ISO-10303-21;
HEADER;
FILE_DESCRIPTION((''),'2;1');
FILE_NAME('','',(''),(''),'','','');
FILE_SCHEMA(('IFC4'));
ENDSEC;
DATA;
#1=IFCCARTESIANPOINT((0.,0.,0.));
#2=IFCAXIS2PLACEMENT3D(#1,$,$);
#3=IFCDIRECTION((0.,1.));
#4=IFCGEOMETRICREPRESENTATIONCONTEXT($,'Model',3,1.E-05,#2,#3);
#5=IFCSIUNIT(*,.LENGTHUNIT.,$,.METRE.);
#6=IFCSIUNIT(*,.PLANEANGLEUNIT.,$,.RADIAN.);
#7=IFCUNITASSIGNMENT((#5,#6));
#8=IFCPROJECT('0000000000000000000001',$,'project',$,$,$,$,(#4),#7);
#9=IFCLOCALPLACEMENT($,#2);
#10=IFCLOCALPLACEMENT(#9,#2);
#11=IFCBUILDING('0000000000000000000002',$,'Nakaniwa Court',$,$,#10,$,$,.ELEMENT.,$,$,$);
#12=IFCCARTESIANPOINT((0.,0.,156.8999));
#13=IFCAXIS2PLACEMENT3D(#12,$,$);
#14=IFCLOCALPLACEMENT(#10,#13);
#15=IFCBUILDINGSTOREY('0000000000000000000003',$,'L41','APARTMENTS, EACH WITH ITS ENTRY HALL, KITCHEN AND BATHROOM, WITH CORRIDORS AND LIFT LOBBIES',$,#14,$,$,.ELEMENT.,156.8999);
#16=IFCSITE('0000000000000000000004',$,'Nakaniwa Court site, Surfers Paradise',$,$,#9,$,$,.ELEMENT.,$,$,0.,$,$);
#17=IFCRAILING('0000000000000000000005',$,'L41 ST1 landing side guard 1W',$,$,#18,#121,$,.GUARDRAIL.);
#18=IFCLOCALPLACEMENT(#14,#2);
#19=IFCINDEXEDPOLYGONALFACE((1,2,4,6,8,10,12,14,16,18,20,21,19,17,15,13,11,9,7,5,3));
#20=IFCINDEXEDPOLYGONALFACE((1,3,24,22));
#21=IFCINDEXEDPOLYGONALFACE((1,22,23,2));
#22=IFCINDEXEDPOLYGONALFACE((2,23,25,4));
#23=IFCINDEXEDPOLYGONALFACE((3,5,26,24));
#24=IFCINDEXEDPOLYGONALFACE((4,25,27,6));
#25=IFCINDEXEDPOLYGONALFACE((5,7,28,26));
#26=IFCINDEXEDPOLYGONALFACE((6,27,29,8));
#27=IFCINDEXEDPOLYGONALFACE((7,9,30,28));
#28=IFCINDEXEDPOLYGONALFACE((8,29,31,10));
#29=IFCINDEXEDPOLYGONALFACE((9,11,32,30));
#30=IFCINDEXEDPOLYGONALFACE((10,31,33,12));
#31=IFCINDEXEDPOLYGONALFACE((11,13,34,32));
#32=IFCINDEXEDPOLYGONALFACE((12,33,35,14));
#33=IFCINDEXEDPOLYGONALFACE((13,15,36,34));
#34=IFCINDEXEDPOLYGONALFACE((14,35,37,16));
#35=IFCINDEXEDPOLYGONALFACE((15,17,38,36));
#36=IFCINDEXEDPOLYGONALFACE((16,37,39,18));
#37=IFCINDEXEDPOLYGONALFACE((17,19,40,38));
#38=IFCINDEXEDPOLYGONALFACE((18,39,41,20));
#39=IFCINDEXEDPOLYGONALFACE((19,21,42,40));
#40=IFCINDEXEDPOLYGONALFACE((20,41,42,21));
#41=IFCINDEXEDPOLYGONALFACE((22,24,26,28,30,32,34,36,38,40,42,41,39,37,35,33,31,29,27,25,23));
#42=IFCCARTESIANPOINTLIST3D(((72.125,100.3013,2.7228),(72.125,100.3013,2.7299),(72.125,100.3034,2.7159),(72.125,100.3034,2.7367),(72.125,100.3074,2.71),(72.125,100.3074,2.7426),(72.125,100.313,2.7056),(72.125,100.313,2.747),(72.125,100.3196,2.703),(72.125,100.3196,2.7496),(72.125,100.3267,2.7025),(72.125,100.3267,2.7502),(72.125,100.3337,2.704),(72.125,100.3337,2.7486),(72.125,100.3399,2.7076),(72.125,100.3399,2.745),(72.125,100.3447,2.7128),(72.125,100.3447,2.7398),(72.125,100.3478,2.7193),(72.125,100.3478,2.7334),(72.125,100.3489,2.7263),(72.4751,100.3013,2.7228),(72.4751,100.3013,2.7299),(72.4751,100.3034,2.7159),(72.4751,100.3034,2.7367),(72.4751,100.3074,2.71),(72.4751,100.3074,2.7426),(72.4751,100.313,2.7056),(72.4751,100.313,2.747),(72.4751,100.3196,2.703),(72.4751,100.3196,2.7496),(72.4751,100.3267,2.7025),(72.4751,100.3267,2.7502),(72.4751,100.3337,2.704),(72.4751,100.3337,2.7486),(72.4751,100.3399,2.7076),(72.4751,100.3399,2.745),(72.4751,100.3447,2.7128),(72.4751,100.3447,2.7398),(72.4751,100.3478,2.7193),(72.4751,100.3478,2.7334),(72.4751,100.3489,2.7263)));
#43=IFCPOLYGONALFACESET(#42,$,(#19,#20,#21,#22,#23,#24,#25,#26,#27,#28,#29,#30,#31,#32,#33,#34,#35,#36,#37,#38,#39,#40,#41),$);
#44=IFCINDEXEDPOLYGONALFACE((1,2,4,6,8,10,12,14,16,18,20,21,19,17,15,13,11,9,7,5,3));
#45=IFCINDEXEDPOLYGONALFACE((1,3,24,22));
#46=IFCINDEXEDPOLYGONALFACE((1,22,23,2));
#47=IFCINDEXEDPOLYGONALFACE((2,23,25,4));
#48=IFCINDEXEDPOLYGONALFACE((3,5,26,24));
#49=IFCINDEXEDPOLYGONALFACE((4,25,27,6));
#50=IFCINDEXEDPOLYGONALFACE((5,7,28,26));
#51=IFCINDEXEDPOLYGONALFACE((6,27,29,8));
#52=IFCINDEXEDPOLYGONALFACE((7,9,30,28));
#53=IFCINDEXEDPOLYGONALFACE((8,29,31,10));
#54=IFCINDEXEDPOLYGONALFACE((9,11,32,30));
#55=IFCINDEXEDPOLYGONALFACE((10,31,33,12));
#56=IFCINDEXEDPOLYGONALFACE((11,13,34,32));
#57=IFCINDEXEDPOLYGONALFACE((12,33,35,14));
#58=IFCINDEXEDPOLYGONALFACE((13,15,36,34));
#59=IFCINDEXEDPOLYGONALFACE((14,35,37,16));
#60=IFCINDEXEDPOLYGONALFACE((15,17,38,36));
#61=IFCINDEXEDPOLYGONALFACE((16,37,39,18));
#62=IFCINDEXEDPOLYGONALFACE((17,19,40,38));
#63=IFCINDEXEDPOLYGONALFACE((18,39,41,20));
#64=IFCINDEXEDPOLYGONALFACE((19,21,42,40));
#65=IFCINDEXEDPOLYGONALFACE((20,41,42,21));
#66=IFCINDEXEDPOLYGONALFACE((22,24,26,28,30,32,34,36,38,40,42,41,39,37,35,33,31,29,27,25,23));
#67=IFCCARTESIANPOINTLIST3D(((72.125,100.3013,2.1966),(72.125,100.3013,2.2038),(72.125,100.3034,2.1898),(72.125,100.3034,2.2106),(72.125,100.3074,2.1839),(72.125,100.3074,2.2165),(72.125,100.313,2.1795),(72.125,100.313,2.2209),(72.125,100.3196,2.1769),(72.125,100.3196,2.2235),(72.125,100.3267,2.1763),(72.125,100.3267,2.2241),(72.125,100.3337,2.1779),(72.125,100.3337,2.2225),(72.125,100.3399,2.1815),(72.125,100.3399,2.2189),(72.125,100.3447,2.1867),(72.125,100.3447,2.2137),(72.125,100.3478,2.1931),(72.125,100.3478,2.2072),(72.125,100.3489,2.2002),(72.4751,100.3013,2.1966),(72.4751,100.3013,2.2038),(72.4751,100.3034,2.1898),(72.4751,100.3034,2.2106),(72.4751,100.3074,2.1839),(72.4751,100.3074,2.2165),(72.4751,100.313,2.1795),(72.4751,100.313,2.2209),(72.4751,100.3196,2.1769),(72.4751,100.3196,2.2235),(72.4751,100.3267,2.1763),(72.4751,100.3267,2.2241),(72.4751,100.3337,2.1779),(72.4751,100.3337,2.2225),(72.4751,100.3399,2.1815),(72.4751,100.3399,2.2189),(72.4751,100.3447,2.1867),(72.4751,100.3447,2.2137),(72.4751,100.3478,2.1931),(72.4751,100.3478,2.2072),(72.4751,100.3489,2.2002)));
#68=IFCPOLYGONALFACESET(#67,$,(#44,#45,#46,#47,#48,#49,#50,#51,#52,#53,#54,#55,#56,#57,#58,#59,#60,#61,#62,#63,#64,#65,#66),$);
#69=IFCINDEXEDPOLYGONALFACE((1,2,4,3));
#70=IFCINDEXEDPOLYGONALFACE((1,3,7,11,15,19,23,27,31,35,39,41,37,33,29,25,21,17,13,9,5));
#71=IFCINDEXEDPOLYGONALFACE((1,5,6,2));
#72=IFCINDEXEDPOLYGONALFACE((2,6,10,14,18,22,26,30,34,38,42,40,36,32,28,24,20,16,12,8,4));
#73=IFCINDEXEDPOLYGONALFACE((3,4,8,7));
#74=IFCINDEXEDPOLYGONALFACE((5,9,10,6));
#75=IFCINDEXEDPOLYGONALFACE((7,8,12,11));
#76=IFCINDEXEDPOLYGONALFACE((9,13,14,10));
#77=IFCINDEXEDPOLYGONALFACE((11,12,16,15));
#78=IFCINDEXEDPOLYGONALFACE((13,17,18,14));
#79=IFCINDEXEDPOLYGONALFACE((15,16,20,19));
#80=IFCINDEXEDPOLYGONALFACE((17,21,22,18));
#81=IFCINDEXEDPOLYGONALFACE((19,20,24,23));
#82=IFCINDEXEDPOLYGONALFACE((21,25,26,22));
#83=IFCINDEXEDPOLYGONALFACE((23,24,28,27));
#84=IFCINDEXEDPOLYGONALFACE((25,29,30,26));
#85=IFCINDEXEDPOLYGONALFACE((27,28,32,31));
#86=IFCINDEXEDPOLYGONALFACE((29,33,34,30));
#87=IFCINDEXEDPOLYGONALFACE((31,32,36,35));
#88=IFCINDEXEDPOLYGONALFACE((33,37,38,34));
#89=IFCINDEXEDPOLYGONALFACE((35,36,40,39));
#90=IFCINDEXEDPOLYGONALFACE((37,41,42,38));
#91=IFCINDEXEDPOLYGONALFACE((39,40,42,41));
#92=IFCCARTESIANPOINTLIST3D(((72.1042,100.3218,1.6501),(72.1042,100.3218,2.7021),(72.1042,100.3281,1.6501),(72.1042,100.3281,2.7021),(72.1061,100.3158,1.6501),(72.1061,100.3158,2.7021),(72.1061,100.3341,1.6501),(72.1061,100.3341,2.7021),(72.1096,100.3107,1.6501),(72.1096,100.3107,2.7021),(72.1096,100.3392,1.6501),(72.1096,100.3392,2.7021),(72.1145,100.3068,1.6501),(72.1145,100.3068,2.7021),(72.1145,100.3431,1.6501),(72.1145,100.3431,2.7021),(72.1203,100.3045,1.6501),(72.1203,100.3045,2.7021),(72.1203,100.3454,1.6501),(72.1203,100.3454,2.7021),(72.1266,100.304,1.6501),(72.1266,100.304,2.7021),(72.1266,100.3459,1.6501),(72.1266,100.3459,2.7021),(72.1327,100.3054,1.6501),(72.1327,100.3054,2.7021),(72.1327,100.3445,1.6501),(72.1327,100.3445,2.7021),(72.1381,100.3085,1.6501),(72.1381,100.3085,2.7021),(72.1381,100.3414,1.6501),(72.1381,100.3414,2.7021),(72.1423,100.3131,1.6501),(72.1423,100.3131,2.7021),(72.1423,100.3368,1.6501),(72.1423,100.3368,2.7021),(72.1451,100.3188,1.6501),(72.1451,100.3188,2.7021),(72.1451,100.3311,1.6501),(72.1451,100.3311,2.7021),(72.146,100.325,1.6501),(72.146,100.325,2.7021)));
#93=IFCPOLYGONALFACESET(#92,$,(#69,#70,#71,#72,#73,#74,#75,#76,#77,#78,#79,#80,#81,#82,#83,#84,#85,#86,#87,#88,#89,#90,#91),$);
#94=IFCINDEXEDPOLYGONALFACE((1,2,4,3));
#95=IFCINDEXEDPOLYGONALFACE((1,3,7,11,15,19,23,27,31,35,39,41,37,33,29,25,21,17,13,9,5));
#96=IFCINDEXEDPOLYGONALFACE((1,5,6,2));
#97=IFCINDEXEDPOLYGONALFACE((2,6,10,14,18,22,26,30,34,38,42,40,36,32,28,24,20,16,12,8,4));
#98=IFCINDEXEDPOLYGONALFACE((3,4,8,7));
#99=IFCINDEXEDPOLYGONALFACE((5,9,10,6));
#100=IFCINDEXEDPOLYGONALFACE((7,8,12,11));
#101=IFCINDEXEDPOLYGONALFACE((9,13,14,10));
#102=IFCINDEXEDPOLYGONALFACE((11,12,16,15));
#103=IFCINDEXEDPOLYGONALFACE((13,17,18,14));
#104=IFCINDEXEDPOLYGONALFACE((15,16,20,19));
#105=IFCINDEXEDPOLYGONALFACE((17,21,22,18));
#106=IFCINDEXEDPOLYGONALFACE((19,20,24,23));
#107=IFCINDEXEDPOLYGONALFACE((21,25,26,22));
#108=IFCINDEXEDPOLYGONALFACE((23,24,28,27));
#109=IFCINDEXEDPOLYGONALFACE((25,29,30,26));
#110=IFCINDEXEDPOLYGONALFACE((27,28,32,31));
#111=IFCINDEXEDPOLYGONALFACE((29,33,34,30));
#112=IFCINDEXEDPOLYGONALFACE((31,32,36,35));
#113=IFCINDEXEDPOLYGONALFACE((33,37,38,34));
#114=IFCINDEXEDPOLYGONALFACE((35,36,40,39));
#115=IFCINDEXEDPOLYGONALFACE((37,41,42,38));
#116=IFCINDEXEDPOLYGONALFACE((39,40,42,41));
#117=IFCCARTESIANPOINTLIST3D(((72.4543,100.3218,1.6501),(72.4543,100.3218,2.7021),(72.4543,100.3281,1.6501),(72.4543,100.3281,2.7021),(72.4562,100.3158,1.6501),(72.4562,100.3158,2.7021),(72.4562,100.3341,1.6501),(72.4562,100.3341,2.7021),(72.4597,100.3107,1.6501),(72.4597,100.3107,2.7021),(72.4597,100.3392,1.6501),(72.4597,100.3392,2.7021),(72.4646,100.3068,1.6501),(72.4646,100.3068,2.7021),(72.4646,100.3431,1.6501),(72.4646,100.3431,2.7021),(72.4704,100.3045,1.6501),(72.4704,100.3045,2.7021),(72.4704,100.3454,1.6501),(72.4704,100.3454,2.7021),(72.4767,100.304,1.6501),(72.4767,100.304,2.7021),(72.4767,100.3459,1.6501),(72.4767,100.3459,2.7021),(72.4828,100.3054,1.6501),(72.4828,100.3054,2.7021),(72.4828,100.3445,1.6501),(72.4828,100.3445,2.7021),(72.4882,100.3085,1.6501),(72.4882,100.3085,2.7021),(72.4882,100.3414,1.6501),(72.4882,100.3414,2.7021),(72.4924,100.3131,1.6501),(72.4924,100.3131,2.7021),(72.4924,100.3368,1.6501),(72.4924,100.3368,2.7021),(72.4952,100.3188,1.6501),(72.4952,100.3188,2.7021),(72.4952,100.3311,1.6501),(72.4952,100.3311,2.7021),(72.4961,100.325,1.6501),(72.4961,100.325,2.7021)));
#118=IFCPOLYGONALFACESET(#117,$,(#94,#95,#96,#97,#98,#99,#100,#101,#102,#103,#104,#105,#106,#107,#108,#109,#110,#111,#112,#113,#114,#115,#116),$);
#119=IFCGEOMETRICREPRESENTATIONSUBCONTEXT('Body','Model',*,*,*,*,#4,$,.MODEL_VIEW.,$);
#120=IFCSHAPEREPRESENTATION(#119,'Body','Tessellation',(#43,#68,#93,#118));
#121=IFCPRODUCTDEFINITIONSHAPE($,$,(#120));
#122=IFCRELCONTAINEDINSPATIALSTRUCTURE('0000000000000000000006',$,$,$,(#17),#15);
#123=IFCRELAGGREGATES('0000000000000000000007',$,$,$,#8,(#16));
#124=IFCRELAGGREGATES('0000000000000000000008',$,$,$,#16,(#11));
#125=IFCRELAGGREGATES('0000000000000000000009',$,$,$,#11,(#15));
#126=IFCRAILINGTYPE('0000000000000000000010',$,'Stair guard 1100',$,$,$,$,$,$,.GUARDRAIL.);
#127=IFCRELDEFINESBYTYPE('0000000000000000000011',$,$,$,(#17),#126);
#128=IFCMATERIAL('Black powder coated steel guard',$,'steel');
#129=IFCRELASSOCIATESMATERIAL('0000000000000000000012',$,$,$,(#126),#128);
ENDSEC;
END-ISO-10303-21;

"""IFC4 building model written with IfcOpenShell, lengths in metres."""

from ifc_helpers import new_model, si_unit, direction, frame, origin, origin_2d, place, context, subcontext, project, spatial, circle, extrude, material, type_object, element, save


model = new_model("IFC4")

# Units and contexts
model_context = context("Model", 3, precision=1e-05, world=origin(), true_north=direction((0.0, 1.0)))
body_context = subcontext(model_context, "Body", "Model", "MODEL_VIEW")
ifc_project = project(units=[si_unit("LENGTHUNIT", "METRE"), si_unit("PLANEANGLEUNIT", "RADIAN")], contexts=[model_context])

# Site, building, storey
site_placement = place(None, origin())
site = spatial("IfcSite", under=ifc_project, at=site_placement, Name="Nakaniwa Court site, Surfers Paradise", CompositionType="ELEMENT", RefElevation=0.0)
building_placement = place(site_placement, origin())
building = spatial("IfcBuilding", under=site, at=building_placement, Name="Nakaniwa Court", CompositionType="ELEMENT")
storey_placement = place(building_placement, frame((0.0, 0.0, 156.8999)))
storey = spatial("IfcBuildingStorey", under=building, at=storey_placement, Name="L41", Description="APARTMENTS, EACH WITH ITS ENTRY HALL, KITCHEN AND BATHROOM, WITH CORRIDORS AND LIFT LOBBIES", CompositionType="ELEMENT", Elevation=156.8999)

# Railing
ifc_material_1 = material(Name="Black powder coated steel guard", Category="steel")
railing_type_1 = type_object("IfcRailingType", Name="Stair guard 1100", PredefinedType="GUARDRAIL", material=ifc_material_1)
for number, where, name in (
    (1, (72.125, 100.325, 1.6501), "L41 ST1 landing side guard 1W"),
):
    element("IfcRailing", number, at=place(storey_placement, frame(where)), inside=storey, type_object=railing_type_1, Name=name, PredefinedType="GUARDRAIL", context=body_context, shape_type="SweptSolid", body=[
        extrude(circle(Radius=0.0239, at=origin_2d()), frame((0.0, 0.0, 1.0762), z_axis=(1.0, 0.0, 0.0), x_axis=(0.0, 1.0, 0.0)), (0.0, 0.0, 1.0), 0.3501),
        extrude(circle(Radius=0.0239, at=origin_2d()), frame((0.0, 0.0, 0.55), z_axis=(1.0, 0.0, 0.0), x_axis=(0.0, 1.0, 0.0)), (0.0, 0.0, 1.0), 0.3501),
        extrude(circle(Radius=0.021, at=origin_2d()), origin(), (0.0, 0.0, 1.0), 1.052),
        extrude(circle(Radius=0.021, at=origin_2d()), frame((0.3501, 0.0, 0.0)), (0.0, 0.0, 1.0), 1.052),
    ])

save(model, "model.ifc")
